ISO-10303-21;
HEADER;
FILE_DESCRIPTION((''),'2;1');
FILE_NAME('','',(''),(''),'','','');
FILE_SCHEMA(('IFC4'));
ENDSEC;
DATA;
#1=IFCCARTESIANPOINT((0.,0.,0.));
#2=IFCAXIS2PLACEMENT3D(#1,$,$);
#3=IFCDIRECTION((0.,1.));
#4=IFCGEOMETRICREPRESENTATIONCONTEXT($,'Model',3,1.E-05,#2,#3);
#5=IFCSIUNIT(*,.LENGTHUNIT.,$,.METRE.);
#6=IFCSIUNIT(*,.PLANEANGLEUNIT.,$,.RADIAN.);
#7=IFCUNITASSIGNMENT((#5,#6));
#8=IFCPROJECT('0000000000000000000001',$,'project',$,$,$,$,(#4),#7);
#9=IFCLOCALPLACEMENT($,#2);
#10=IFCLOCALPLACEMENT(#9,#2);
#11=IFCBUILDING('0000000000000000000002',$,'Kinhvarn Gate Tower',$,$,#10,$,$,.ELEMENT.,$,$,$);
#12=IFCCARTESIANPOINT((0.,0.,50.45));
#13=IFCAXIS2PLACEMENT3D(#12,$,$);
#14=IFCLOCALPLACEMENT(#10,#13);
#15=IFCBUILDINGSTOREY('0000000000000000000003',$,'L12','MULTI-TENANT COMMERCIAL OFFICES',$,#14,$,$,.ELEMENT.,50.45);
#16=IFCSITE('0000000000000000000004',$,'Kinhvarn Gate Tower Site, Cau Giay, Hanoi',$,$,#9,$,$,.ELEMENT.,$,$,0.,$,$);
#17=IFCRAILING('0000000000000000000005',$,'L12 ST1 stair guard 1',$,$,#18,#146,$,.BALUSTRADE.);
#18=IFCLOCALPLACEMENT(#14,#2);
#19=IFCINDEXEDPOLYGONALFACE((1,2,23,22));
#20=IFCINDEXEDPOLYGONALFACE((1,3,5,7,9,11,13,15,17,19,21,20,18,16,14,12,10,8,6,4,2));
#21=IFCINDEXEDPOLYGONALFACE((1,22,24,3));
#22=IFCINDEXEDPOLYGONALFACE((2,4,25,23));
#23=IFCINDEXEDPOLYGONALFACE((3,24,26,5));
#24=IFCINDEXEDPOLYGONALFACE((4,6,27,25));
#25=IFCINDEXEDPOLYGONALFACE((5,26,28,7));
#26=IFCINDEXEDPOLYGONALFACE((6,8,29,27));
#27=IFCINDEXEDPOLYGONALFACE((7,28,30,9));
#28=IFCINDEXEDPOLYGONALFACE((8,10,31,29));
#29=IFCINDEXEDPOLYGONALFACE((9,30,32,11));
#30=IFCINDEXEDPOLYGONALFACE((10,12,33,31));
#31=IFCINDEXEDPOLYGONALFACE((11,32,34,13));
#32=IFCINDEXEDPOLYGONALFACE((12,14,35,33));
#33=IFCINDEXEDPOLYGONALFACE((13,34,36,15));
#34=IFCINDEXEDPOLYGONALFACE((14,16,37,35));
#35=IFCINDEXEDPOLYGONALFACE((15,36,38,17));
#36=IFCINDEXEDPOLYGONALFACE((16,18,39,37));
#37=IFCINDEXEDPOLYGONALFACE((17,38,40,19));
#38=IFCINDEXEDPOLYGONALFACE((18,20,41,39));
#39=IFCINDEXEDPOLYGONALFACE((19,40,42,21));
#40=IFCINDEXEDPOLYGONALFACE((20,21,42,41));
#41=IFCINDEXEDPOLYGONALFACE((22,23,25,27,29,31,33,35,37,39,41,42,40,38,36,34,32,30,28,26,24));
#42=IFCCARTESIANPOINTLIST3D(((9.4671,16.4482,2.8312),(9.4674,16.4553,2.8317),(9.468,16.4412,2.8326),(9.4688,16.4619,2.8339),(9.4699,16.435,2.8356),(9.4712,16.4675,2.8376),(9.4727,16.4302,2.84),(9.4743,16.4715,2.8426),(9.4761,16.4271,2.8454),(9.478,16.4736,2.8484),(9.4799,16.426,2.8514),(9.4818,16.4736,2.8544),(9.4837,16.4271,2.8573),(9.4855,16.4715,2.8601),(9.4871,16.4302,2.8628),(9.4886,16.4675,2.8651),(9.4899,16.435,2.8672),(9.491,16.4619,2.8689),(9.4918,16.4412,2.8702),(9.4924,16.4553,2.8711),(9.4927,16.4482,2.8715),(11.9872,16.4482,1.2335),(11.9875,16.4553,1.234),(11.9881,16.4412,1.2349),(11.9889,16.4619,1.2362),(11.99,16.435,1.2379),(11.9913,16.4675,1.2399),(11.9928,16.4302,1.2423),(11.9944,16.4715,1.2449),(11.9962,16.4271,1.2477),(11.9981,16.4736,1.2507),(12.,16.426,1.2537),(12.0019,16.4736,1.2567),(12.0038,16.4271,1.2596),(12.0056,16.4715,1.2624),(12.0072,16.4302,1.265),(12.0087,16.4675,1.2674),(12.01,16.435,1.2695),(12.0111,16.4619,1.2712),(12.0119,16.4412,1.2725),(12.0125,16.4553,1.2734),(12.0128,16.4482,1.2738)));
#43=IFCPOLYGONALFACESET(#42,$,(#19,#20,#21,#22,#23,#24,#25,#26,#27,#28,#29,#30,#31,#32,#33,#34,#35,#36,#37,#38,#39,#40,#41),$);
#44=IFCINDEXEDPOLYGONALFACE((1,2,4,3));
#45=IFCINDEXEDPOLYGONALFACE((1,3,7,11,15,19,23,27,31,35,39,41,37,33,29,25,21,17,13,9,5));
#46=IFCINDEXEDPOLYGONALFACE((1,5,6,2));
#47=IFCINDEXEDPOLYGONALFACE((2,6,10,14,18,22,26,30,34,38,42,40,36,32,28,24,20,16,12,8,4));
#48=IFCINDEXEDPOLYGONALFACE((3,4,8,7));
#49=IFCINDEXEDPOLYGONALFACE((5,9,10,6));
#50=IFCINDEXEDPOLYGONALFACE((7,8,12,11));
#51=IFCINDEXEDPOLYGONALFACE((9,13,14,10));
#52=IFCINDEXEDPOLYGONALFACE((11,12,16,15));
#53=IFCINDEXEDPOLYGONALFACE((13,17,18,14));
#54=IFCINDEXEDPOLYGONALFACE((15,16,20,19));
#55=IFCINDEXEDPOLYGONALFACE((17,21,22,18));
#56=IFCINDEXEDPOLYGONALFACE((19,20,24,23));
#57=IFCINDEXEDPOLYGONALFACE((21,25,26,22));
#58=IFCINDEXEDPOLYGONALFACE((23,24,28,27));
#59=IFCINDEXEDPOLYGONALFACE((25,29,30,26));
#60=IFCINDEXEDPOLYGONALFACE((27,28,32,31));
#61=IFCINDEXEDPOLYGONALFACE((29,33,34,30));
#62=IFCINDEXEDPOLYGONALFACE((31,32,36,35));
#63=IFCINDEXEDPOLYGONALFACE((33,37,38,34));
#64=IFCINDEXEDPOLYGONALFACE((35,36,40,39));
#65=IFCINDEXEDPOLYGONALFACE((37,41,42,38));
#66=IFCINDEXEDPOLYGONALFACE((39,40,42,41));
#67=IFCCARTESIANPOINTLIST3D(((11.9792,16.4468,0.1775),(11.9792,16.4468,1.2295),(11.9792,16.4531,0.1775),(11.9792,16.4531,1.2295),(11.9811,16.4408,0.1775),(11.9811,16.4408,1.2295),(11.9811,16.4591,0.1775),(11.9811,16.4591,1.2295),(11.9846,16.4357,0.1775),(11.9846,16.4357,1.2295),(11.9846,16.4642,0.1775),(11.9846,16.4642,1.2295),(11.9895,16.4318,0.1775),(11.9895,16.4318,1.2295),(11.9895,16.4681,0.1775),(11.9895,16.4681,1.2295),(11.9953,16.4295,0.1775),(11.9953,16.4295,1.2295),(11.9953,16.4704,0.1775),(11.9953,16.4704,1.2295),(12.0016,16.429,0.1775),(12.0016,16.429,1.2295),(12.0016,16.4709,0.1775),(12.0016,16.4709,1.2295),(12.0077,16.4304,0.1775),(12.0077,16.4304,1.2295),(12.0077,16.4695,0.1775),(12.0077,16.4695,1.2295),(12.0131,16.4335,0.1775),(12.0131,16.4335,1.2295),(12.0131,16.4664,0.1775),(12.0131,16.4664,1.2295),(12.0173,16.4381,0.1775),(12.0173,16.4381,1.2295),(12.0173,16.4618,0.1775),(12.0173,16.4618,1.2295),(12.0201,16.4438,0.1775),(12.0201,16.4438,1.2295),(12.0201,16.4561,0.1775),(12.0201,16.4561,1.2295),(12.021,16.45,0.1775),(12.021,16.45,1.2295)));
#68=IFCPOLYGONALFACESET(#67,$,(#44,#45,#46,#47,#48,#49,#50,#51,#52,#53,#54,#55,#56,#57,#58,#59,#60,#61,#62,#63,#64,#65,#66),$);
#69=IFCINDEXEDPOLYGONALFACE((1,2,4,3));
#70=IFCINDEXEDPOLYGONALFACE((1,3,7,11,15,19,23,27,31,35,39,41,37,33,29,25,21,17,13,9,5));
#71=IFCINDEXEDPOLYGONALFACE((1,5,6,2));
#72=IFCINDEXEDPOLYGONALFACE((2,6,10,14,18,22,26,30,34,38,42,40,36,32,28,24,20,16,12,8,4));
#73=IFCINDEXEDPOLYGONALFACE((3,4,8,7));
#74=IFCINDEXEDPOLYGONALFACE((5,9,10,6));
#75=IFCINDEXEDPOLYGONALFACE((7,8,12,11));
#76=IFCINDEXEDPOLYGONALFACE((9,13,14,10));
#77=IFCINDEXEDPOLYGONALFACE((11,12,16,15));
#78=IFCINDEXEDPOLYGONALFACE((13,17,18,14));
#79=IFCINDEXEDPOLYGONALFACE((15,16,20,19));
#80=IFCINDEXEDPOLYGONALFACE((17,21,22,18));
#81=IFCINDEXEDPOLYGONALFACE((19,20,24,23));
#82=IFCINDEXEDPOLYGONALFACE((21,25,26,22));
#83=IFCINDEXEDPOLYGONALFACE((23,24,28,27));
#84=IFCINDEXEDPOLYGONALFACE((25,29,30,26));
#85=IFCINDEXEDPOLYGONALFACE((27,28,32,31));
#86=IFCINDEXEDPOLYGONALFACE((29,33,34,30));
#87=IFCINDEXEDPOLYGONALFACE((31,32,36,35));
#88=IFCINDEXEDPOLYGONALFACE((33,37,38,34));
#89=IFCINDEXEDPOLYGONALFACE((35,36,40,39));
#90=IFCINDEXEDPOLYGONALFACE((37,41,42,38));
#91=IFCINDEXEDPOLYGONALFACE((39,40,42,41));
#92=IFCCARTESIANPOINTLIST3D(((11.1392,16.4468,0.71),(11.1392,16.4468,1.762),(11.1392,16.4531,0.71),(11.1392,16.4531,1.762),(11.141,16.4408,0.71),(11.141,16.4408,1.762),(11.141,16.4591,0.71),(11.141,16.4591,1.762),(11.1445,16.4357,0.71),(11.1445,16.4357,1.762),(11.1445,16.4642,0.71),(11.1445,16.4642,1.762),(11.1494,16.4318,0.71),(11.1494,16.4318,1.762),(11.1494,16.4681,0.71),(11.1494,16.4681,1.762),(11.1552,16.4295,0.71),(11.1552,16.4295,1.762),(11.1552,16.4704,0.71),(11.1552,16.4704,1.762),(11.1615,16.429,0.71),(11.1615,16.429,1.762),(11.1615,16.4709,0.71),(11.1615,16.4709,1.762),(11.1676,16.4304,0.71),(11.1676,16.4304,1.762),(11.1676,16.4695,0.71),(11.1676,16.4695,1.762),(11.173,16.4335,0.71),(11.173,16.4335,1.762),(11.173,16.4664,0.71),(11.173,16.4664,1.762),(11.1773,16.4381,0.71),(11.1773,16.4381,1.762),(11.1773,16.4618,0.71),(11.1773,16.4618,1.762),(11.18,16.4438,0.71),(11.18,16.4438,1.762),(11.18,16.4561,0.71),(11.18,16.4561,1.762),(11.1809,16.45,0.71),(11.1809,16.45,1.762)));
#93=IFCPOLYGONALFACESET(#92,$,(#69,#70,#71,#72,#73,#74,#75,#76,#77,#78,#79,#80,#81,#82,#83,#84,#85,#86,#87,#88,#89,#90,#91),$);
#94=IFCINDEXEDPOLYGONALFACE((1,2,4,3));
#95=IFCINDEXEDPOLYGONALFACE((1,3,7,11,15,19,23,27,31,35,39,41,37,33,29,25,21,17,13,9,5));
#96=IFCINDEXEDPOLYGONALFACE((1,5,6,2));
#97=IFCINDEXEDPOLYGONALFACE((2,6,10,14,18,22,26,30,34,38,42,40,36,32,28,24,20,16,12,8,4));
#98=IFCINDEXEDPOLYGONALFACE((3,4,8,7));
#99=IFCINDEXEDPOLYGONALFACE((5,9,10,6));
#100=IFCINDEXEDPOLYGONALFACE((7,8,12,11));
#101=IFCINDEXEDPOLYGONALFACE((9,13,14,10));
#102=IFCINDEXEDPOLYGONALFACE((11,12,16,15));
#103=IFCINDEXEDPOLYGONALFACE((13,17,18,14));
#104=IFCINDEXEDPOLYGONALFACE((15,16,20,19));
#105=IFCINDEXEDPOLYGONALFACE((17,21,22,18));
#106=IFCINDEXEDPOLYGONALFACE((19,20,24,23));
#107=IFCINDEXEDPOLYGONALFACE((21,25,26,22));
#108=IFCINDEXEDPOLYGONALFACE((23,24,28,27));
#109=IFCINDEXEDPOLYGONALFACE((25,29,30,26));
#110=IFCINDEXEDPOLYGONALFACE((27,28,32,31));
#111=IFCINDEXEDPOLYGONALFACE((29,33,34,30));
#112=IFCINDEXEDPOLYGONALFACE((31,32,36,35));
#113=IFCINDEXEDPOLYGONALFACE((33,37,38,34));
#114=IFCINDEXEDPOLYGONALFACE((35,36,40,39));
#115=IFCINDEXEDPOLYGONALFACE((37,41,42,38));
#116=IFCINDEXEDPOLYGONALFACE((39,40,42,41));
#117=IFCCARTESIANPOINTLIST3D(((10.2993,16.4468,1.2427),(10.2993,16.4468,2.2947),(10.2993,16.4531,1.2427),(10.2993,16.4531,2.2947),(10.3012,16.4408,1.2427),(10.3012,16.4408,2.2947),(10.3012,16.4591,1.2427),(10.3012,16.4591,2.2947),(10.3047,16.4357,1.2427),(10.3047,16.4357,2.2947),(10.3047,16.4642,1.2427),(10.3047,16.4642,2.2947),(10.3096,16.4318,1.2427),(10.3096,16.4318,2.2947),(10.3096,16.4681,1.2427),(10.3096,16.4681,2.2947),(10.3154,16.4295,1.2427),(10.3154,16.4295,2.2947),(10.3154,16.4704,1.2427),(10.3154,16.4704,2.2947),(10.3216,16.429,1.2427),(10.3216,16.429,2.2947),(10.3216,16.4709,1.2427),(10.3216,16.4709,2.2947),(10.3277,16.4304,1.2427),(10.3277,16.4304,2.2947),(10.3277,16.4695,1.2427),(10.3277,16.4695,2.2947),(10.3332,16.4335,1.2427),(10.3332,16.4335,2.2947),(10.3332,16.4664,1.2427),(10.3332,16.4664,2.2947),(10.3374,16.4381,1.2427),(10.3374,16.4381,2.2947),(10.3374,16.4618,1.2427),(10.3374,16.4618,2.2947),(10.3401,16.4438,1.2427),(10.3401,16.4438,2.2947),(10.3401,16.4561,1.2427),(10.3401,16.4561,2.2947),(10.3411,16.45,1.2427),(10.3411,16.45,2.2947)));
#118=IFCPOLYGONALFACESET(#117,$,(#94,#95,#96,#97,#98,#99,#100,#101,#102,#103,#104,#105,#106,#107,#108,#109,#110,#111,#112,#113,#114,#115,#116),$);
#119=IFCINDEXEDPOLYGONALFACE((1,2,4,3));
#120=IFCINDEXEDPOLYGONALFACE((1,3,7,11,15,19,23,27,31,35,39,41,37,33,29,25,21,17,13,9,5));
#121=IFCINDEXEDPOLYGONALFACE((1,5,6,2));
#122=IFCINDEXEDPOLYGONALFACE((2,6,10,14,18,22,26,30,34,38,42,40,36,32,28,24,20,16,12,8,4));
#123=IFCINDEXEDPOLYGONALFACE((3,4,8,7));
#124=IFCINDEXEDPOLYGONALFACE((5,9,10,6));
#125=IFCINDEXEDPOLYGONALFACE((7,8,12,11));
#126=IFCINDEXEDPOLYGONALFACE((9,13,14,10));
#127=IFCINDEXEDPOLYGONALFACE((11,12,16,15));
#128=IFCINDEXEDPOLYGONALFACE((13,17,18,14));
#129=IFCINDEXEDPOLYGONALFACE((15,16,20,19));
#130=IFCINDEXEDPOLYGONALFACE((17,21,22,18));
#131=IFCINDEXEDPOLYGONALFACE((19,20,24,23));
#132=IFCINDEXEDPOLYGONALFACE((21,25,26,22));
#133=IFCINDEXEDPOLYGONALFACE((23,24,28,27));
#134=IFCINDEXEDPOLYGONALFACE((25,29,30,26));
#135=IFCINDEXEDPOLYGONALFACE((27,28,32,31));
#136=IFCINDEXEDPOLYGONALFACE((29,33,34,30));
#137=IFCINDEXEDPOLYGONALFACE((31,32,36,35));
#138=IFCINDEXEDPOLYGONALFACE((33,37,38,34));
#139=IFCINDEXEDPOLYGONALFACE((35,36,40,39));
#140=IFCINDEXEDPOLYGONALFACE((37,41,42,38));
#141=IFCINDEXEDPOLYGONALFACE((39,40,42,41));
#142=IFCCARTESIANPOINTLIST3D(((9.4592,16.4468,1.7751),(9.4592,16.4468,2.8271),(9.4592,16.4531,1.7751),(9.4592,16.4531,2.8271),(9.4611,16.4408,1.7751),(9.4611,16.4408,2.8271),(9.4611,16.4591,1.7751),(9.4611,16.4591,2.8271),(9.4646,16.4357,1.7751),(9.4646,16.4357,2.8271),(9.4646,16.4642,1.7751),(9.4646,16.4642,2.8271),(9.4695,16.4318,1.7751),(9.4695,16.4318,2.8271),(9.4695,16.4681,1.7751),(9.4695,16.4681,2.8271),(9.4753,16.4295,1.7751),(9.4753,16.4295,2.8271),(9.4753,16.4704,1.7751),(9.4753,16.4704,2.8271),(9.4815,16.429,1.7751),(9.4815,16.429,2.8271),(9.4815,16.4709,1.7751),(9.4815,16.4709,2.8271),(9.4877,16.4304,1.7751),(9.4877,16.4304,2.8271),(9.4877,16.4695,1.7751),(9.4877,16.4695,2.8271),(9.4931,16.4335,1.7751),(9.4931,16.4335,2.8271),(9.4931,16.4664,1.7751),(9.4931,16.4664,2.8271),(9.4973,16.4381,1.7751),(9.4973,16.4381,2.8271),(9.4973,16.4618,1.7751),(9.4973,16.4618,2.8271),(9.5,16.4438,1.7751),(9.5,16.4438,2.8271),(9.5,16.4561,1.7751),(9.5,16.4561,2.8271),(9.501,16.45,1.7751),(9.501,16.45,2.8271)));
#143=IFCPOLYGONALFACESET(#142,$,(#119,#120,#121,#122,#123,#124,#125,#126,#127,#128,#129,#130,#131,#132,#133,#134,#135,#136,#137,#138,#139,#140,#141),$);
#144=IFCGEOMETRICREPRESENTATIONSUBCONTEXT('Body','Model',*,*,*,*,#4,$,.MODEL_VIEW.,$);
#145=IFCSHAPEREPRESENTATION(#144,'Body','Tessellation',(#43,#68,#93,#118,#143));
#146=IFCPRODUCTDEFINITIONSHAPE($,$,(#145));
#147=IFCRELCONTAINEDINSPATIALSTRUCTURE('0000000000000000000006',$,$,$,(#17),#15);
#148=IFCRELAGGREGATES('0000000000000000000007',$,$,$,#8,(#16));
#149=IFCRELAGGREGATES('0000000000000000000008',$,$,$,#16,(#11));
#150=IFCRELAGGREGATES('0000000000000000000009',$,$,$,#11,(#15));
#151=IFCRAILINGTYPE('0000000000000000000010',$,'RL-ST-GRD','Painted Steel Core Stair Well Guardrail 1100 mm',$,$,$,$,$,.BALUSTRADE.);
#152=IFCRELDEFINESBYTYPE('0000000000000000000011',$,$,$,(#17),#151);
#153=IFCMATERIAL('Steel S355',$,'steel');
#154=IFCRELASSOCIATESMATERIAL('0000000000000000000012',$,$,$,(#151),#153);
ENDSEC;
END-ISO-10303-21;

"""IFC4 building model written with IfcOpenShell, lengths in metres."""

from ifc_helpers import new_model, si_unit, direction, frame, origin, origin_2d, place, context, subcontext, project, spatial, circle, extrude, material, type_object, element, save


model = new_model("IFC4")

# Units and contexts
model_context = context("Model", 3, precision=1e-05, world=origin(), true_north=direction((0.0, 1.0)))
body_context = subcontext(model_context, "Body", "Model", "MODEL_VIEW")
ifc_project = project(units=[si_unit("LENGTHUNIT", "METRE"), si_unit("PLANEANGLEUNIT", "RADIAN")], contexts=[model_context])

# Site, building, storey
site_placement = place(None, origin())
site = spatial("IfcSite", under=ifc_project, at=site_placement, Name="Kinhvarn Gate Tower Site, Cau Giay, Hanoi", CompositionType="ELEMENT", RefElevation=0.0)
building_placement = place(site_placement, origin())
building = spatial("IfcBuilding", under=site, at=building_placement, Name="Kinhvarn Gate Tower", CompositionType="ELEMENT")
storey_placement = place(building_placement, frame((0.0, 0.0, 50.45)))
storey = spatial("IfcBuildingStorey", under=building, at=storey_placement, Name="L12", Description="MULTI-TENANT COMMERCIAL OFFICES", CompositionType="ELEMENT", Elevation=50.45)

# Shared definitions
ifc_material_1 = material(Name="Steel S355", Category="steel")

# Railing
railing_type_1 = type_object("IfcRailingType", Name="RL-ST-GRD", Description="Painted Steel Core Stair Well Guardrail 1100 mm", PredefinedType="BALUSTRADE", material=ifc_material_1)
railing_1_placement = place(storey_placement, frame((12.0, 16.45, 0.1775)))
element("IfcRailing", 1, at=railing_1_placement, inside=storey, type_object=railing_type_1, Name="L12 ST1 stair guard 1", PredefinedType="BALUSTRADE", context=body_context, shape_type="SweptSolid", body=[
    extrude(circle(Radius=0.0239, at=origin_2d()), frame((0.0, 0.0, 1.0762), z_axis=(-0.84457, 0.0, 0.535445), x_axis=(0.0, -1.0, 0.0)), (0.0, 0.0, 1.0), 2.9839),
    extrude(circle(Radius=0.021, at=origin_2d()), origin(), (0.0, 0.0, 1.0), 1.052),
    extrude(circle(Radius=0.021, at=origin_2d()), frame((-0.8401, 0.0, 0.5325)), (0.0, 0.0, 1.0), 1.052),
    extrude(circle(Radius=0.021, at=origin_2d()), frame((-1.6799, 0.0, 1.0652)), (0.0, 0.0, 1.0), 1.052),
    extrude(circle(Radius=0.021, at=origin_2d()), frame((-2.52, 0.0, 1.5977)), (0.0, 0.0, 1.0), 1.052),
])

save(model, "model.ifc")
